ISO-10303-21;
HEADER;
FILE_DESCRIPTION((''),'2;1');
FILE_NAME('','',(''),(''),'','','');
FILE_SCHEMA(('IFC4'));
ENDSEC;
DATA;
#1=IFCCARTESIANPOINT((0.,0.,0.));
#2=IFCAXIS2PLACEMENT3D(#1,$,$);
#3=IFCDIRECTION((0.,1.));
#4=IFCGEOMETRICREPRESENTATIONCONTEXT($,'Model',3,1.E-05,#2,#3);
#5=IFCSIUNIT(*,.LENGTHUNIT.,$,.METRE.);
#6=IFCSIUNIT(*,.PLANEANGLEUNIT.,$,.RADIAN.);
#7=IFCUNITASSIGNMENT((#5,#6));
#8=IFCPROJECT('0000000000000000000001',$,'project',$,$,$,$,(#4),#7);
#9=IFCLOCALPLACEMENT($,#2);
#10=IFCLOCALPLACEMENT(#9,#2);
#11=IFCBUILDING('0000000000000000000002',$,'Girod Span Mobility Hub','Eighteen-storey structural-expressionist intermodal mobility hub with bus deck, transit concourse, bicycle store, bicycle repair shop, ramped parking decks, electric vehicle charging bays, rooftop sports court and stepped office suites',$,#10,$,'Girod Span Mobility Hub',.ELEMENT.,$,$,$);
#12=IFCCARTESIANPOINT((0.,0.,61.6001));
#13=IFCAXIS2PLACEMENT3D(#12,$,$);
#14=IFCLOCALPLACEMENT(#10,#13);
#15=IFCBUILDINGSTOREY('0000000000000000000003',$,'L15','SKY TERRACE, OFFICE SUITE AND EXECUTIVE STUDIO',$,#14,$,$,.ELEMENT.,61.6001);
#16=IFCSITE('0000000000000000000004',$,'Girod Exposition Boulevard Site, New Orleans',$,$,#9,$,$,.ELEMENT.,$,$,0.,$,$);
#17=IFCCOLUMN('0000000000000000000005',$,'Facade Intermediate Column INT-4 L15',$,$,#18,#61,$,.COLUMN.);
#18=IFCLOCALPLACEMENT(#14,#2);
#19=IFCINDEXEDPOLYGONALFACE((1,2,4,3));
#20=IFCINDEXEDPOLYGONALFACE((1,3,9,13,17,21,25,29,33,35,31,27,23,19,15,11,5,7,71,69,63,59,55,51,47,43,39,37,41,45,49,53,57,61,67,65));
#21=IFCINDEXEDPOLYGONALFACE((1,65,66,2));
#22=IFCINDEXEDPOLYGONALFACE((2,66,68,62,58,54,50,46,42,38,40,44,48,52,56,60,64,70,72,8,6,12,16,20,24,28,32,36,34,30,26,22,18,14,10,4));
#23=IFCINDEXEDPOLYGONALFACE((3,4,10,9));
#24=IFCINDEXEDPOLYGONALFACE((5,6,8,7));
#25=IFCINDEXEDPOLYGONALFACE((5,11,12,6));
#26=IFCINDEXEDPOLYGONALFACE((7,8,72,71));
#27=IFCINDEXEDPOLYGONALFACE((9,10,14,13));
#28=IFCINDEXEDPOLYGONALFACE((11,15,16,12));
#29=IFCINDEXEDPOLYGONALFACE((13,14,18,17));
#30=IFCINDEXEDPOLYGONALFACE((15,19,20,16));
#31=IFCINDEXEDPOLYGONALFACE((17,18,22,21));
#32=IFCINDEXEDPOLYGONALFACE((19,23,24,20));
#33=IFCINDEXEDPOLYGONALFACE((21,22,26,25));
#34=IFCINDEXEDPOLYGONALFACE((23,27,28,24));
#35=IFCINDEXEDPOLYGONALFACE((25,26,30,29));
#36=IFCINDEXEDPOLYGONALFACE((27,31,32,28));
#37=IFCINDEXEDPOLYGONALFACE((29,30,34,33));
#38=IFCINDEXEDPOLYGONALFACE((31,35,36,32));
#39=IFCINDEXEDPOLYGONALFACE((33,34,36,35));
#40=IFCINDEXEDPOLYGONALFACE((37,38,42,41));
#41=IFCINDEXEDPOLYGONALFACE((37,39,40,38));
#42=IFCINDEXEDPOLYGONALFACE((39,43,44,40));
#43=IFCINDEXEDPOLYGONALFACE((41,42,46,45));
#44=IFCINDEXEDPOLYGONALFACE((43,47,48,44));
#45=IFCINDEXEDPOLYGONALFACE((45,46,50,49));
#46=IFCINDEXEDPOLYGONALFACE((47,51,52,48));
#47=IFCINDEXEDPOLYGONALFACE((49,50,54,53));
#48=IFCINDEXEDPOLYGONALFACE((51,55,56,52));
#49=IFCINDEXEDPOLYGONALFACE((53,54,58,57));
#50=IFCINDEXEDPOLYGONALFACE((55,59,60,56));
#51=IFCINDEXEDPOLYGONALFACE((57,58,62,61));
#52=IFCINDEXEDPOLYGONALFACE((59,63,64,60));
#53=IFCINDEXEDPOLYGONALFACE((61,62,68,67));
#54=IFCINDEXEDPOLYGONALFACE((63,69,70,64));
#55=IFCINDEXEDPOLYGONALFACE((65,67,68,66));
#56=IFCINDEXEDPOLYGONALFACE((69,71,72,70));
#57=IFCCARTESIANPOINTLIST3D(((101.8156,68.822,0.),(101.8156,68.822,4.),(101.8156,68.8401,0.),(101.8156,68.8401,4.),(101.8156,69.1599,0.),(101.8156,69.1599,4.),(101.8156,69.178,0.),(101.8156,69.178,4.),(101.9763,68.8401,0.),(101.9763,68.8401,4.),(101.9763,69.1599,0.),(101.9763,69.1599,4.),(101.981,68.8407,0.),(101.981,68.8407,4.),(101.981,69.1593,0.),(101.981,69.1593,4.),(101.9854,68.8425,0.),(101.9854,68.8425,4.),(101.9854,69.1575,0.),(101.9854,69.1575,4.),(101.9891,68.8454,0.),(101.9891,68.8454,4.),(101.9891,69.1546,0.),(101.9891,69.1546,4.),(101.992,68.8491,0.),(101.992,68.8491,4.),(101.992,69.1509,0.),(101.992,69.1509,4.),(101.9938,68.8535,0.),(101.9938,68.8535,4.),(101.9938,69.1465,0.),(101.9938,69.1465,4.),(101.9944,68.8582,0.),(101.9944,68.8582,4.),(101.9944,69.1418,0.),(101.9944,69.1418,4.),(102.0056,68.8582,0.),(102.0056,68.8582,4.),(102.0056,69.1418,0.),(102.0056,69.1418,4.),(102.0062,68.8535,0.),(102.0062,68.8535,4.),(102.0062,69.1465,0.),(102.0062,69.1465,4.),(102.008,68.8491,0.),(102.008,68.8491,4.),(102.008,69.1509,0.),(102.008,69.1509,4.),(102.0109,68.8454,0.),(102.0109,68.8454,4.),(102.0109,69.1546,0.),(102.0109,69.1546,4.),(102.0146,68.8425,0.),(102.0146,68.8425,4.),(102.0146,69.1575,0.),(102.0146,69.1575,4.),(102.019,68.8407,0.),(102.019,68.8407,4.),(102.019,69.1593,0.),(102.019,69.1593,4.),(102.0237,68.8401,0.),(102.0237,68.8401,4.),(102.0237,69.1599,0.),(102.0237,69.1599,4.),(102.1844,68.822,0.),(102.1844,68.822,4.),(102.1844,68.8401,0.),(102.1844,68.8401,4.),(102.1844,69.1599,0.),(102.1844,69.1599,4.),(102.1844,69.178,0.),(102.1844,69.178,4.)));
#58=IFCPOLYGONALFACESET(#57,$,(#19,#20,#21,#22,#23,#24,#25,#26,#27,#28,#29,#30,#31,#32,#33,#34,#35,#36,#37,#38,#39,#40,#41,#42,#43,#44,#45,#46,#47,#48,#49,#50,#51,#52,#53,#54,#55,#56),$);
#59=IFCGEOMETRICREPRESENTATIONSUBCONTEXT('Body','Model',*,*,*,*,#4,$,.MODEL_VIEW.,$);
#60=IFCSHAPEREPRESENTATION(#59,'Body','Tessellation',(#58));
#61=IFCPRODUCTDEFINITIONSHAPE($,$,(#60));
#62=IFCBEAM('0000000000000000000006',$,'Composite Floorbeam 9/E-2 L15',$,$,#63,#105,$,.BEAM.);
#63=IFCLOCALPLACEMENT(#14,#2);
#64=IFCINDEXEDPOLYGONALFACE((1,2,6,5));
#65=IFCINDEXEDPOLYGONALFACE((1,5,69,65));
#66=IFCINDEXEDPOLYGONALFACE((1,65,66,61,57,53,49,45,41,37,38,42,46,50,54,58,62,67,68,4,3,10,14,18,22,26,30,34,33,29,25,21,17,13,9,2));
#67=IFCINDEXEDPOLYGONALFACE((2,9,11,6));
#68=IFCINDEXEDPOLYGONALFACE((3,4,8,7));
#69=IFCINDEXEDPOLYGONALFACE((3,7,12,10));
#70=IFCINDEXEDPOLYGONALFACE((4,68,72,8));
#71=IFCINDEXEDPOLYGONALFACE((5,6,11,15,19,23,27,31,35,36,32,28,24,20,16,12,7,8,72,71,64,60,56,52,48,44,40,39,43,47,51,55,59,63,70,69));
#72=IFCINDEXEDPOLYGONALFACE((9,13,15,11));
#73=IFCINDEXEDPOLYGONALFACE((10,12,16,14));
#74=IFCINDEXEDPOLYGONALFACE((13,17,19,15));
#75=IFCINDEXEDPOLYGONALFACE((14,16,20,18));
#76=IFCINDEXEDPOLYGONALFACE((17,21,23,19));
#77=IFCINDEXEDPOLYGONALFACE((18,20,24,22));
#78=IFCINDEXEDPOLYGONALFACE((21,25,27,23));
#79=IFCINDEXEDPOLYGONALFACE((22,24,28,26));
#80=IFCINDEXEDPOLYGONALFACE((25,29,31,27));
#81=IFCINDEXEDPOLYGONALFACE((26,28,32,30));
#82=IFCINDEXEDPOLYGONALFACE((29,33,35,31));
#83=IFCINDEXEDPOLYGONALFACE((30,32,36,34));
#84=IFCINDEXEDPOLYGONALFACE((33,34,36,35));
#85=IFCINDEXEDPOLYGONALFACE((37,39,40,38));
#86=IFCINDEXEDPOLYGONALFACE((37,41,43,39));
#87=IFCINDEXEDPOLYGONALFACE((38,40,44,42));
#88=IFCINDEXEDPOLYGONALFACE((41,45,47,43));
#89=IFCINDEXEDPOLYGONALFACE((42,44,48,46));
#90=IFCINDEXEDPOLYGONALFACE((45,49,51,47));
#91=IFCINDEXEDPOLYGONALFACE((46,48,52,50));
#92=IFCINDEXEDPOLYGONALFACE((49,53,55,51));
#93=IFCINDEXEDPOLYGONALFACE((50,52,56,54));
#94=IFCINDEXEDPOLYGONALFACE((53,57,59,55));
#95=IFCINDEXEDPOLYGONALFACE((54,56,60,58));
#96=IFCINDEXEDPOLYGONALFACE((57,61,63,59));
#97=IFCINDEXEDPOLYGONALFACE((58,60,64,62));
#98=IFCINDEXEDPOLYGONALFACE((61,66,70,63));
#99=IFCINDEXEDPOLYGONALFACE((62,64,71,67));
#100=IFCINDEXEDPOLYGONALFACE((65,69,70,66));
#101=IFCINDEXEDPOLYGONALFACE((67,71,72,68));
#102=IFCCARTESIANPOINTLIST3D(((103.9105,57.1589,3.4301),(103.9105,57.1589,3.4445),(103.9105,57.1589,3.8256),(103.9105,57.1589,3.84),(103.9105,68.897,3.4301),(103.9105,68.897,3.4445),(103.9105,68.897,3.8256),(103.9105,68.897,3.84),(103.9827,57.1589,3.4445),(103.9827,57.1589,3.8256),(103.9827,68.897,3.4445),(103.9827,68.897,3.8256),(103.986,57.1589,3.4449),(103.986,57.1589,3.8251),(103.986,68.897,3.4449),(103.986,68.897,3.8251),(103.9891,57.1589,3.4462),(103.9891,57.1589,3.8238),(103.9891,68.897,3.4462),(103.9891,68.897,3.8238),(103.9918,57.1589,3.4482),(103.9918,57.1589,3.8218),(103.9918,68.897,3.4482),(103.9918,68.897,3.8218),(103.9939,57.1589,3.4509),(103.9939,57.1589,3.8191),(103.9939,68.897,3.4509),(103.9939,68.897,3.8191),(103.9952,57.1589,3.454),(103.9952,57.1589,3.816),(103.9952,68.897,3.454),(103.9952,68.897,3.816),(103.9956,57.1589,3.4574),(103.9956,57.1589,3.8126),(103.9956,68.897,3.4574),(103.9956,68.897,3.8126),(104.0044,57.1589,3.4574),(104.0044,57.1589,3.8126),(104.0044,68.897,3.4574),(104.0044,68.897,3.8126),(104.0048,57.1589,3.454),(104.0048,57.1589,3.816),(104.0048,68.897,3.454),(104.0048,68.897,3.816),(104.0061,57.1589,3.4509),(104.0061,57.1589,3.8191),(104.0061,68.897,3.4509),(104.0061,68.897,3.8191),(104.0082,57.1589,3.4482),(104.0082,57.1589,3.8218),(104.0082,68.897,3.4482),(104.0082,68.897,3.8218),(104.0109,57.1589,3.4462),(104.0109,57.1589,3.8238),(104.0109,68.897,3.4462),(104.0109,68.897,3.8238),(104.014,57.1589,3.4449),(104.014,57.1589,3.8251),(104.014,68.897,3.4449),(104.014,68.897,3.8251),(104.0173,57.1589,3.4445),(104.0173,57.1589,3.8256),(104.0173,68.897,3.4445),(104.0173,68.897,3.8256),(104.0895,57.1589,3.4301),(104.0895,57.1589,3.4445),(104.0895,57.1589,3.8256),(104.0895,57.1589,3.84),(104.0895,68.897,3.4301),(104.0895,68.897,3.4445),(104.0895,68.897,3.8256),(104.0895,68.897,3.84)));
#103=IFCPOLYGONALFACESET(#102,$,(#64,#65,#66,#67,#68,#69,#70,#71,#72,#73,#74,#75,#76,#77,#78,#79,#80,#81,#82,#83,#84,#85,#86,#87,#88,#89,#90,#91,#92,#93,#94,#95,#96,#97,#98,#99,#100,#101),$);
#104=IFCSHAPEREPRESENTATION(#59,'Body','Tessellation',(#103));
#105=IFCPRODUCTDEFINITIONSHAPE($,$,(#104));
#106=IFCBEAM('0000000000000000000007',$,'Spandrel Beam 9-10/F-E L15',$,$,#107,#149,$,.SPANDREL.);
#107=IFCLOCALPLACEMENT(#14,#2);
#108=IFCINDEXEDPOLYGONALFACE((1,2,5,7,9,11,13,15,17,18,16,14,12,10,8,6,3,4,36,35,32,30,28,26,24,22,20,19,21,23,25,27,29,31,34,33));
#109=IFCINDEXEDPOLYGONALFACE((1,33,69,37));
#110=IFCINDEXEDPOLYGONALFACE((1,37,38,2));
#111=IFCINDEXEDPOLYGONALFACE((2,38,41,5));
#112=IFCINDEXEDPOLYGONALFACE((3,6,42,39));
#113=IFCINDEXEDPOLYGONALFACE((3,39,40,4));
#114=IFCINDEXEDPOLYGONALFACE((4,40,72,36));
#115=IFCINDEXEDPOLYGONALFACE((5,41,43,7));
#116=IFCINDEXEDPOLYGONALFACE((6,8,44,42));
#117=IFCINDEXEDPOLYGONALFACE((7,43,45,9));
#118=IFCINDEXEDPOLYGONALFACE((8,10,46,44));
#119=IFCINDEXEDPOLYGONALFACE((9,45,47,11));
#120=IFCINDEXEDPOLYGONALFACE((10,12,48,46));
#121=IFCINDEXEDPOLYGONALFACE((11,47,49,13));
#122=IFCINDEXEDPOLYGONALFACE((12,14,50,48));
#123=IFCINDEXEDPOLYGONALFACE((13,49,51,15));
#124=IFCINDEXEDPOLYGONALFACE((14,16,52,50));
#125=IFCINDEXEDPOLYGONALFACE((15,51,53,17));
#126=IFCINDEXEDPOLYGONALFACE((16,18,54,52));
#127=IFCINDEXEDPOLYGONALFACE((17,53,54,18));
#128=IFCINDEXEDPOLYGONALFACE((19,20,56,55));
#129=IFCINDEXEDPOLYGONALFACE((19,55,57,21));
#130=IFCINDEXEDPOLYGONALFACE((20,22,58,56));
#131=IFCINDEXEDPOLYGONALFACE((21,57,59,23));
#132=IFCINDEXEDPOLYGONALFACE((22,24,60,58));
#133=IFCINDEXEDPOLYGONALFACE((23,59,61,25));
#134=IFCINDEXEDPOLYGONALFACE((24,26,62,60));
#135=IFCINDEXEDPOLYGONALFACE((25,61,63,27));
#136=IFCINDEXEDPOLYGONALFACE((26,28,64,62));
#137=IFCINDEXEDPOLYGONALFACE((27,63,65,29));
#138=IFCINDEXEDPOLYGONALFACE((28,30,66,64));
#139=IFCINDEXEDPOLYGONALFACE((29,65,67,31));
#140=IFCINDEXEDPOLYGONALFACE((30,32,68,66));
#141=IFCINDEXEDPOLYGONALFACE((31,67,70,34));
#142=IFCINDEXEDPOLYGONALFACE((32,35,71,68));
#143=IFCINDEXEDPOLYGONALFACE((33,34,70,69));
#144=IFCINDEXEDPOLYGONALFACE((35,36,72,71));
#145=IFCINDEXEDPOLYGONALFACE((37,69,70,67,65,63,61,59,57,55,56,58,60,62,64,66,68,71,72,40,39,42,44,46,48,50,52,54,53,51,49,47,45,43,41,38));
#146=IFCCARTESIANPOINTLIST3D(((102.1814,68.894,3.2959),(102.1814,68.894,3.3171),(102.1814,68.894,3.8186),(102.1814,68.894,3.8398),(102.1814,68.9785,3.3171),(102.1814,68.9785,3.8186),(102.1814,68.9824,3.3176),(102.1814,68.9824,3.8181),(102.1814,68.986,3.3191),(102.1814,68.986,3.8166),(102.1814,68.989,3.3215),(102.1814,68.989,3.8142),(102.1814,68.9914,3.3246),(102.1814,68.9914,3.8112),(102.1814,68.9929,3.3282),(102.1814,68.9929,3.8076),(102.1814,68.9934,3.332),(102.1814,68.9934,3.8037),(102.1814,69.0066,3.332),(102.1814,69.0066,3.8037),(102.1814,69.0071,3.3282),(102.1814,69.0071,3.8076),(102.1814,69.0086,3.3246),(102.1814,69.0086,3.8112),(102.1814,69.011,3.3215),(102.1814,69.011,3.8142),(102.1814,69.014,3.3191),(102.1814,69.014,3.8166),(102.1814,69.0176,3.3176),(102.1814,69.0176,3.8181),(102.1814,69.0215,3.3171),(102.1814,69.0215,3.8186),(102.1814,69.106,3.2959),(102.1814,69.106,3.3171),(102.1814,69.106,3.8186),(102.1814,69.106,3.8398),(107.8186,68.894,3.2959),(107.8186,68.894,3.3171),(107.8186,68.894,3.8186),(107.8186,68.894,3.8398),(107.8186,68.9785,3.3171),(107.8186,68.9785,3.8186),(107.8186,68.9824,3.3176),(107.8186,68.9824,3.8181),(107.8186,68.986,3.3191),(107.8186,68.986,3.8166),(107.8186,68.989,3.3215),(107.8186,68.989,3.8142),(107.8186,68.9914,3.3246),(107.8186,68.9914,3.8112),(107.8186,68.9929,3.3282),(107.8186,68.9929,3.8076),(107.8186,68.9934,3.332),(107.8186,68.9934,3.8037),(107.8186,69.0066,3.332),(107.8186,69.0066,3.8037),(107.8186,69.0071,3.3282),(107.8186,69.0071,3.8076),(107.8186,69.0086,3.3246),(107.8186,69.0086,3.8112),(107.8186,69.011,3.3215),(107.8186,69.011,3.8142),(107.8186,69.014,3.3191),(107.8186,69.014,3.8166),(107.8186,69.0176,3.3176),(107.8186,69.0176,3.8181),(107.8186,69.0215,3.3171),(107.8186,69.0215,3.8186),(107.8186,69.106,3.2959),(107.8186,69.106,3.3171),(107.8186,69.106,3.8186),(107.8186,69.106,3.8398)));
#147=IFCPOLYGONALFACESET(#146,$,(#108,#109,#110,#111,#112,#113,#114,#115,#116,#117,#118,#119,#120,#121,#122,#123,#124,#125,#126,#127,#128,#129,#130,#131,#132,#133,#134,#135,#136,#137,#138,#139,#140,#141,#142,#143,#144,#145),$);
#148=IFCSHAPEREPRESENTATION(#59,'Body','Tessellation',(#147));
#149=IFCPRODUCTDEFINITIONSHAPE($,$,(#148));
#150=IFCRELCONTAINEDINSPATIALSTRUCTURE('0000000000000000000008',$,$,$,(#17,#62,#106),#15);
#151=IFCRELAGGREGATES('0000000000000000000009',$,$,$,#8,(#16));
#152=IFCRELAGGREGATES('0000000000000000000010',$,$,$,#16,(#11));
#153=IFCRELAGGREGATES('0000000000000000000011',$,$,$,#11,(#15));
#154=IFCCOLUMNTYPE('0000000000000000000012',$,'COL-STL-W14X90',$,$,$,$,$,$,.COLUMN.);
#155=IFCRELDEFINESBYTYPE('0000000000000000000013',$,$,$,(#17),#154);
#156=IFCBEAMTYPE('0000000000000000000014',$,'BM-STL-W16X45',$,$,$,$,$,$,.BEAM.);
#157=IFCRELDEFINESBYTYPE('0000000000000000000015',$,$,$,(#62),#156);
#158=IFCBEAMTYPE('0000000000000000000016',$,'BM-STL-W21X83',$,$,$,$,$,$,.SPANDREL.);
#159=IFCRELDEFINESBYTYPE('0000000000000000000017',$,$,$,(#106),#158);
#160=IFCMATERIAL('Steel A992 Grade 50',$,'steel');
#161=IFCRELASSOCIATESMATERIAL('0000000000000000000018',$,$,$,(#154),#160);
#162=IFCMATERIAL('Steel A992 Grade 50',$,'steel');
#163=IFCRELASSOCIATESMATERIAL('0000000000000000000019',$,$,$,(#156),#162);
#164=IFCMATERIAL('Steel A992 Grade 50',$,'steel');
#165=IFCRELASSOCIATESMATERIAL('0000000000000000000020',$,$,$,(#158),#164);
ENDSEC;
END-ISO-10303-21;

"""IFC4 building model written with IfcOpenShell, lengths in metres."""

from ifc_helpers import new_model, si_unit, direction, frame, origin, origin_2d, place, context, subcontext, project, spatial, i_section, extrude, material, material_profile, profile_set, type_object, element, save


model = new_model("IFC4")

# Units and contexts
model_context = context("Model", 3, precision=1e-05, world=origin(), true_north=direction((0.0, 1.0)))
body_context = subcontext(model_context, "Body", "Model", "MODEL_VIEW")
ifc_project = project(units=[si_unit("LENGTHUNIT", "METRE"), si_unit("PLANEANGLEUNIT", "RADIAN")], contexts=[model_context])

# Site, building, storey
site_placement = place(None, origin())
site = spatial("IfcSite", under=ifc_project, at=site_placement, Name="Girod Exposition Boulevard Site, New Orleans", CompositionType="ELEMENT", RefElevation=0.0)
building_placement = place(site_placement, origin())
building = spatial("IfcBuilding", under=site, at=building_placement, Name="Girod Span Mobility Hub", Description="Eighteen-storey structural-expressionist intermodal mobility hub with bus deck, transit concourse, bicycle store, bicycle repair shop, ramped parking decks, electric vehicle charging bays, rooftop sports court and stepped office suites", LongName="Girod Span Mobility Hub", CompositionType="ELEMENT")
storey_placement = place(building_placement, frame((0.0, 0.0, 61.6001)))
storey = spatial("IfcBuildingStorey", under=building, at=storey_placement, Name="L15", Description="SKY TERRACE, OFFICE SUITE AND EXECUTIVE STUDIO", CompositionType="ELEMENT", Elevation=61.6001)

# Column
ifc_material_1 = material(Name="Steel A992 Grade 50", Category="steel")
ifc_material_profile_1 = material_profile(ifc_material_1, i_section(OverallWidth=0.3689, OverallDepth=0.356, WebThickness=0.0112, FlangeThickness=0.0181, FilletRadius=0.0181, at=origin_2d()), Name="W14X90")
ifc_profile_set_1 = profile_set([ifc_material_profile_1], Name="Steel A992 Grade 50")
column_type = type_object("IfcColumnType", Name="COL-STL-W14X90", PredefinedType="COLUMN", material=ifc_profile_set_1)
column_placement = place(storey_placement, frame((102.0, 69.0, 0.0), z_axis=(0.0, 0.0, 1.0), x_axis=(1.0, 0.0, 0.0)))
element("IfcColumn", 1, at=column_placement, inside=storey, type_object=column_type, Name="Facade Intermediate Column INT-4 L15", PredefinedType="COLUMN", context=body_context, shape_type="SweptSolid", body=[
    extrude(i_section(OverallWidth=0.3689, OverallDepth=0.356, WebThickness=0.0112, FlangeThickness=0.0181, FilletRadius=0.0181, at=origin_2d()), origin(), (0.0, 0.0, 1.0), 4.0),
])

# Beams
ifc_material_2 = material(Name="Steel A992 Grade 50", Category="steel")
ifc_material_profile_2 = material_profile(ifc_material_2, i_section(OverallWidth=0.179, OverallDepth=0.4099, WebThickness=0.0088, FlangeThickness=0.0144, FilletRadius=0.0129, at=origin_2d()), Name="W16X45")
ifc_profile_set_2 = profile_set([ifc_material_profile_2], Name="Steel A992 Grade 50")
beam_type_1 = type_object("IfcBeamType", Name="BM-STL-W16X45", PredefinedType="BEAM", material=ifc_profile_set_2)
beam_1_placement = place(storey_placement, frame((104.0, 57.1589, 3.635), z_axis=(0.0, 1.0, 0.0), x_axis=(-1.0, 0.0, 0.0)))
element("IfcBeam", 2, at=beam_1_placement, inside=storey, type_object=beam_type_1, Name="Composite Floorbeam 9/E-2 L15", PredefinedType="BEAM", context=body_context, shape_type="SweptSolid", body=[
    extrude(i_section(OverallWidth=0.179, OverallDepth=0.4099, WebThickness=0.0088, FlangeThickness=0.0144, FilletRadius=0.0129, at=origin_2d()), origin(), (0.0, 0.0, 1.0), 11.738),
])
ifc_material_3 = material(Name="Steel A992 Grade 50", Category="steel")
ifc_material_profile_3 = material_profile(ifc_material_3, i_section(OverallWidth=0.2119, OverallDepth=0.5439, WebThickness=0.0132, FlangeThickness=0.0212, FilletRadius=0.0149, at=origin_2d()), Name="W21X83")
ifc_profile_set_3 = profile_set([ifc_material_profile_3], Name="Steel A992 Grade 50")
beam_type_2 = type_object("IfcBeamType", Name="BM-STL-W21X83", PredefinedType="SPANDREL", material=ifc_profile_set_3)
beam_2_placement = place(storey_placement, frame((102.1814, 69.0, 3.5679), z_axis=(1.0, 0.0, 0.0), x_axis=(0.0, 1.0, 0.0)))
element("IfcBeam", 3, at=beam_2_placement, inside=storey, type_object=beam_type_2, Name="Spandrel Beam 9-10/F-E L15", PredefinedType="SPANDREL", context=body_context, shape_type="SweptSolid", body=[
    extrude(i_section(OverallWidth=0.2119, OverallDepth=0.5439, WebThickness=0.0132, FlangeThickness=0.0212, FilletRadius=0.0149, at=origin_2d()), origin(), (0.0, 0.0, 1.0), 5.6372),
])

save(model, "model.ifc")
